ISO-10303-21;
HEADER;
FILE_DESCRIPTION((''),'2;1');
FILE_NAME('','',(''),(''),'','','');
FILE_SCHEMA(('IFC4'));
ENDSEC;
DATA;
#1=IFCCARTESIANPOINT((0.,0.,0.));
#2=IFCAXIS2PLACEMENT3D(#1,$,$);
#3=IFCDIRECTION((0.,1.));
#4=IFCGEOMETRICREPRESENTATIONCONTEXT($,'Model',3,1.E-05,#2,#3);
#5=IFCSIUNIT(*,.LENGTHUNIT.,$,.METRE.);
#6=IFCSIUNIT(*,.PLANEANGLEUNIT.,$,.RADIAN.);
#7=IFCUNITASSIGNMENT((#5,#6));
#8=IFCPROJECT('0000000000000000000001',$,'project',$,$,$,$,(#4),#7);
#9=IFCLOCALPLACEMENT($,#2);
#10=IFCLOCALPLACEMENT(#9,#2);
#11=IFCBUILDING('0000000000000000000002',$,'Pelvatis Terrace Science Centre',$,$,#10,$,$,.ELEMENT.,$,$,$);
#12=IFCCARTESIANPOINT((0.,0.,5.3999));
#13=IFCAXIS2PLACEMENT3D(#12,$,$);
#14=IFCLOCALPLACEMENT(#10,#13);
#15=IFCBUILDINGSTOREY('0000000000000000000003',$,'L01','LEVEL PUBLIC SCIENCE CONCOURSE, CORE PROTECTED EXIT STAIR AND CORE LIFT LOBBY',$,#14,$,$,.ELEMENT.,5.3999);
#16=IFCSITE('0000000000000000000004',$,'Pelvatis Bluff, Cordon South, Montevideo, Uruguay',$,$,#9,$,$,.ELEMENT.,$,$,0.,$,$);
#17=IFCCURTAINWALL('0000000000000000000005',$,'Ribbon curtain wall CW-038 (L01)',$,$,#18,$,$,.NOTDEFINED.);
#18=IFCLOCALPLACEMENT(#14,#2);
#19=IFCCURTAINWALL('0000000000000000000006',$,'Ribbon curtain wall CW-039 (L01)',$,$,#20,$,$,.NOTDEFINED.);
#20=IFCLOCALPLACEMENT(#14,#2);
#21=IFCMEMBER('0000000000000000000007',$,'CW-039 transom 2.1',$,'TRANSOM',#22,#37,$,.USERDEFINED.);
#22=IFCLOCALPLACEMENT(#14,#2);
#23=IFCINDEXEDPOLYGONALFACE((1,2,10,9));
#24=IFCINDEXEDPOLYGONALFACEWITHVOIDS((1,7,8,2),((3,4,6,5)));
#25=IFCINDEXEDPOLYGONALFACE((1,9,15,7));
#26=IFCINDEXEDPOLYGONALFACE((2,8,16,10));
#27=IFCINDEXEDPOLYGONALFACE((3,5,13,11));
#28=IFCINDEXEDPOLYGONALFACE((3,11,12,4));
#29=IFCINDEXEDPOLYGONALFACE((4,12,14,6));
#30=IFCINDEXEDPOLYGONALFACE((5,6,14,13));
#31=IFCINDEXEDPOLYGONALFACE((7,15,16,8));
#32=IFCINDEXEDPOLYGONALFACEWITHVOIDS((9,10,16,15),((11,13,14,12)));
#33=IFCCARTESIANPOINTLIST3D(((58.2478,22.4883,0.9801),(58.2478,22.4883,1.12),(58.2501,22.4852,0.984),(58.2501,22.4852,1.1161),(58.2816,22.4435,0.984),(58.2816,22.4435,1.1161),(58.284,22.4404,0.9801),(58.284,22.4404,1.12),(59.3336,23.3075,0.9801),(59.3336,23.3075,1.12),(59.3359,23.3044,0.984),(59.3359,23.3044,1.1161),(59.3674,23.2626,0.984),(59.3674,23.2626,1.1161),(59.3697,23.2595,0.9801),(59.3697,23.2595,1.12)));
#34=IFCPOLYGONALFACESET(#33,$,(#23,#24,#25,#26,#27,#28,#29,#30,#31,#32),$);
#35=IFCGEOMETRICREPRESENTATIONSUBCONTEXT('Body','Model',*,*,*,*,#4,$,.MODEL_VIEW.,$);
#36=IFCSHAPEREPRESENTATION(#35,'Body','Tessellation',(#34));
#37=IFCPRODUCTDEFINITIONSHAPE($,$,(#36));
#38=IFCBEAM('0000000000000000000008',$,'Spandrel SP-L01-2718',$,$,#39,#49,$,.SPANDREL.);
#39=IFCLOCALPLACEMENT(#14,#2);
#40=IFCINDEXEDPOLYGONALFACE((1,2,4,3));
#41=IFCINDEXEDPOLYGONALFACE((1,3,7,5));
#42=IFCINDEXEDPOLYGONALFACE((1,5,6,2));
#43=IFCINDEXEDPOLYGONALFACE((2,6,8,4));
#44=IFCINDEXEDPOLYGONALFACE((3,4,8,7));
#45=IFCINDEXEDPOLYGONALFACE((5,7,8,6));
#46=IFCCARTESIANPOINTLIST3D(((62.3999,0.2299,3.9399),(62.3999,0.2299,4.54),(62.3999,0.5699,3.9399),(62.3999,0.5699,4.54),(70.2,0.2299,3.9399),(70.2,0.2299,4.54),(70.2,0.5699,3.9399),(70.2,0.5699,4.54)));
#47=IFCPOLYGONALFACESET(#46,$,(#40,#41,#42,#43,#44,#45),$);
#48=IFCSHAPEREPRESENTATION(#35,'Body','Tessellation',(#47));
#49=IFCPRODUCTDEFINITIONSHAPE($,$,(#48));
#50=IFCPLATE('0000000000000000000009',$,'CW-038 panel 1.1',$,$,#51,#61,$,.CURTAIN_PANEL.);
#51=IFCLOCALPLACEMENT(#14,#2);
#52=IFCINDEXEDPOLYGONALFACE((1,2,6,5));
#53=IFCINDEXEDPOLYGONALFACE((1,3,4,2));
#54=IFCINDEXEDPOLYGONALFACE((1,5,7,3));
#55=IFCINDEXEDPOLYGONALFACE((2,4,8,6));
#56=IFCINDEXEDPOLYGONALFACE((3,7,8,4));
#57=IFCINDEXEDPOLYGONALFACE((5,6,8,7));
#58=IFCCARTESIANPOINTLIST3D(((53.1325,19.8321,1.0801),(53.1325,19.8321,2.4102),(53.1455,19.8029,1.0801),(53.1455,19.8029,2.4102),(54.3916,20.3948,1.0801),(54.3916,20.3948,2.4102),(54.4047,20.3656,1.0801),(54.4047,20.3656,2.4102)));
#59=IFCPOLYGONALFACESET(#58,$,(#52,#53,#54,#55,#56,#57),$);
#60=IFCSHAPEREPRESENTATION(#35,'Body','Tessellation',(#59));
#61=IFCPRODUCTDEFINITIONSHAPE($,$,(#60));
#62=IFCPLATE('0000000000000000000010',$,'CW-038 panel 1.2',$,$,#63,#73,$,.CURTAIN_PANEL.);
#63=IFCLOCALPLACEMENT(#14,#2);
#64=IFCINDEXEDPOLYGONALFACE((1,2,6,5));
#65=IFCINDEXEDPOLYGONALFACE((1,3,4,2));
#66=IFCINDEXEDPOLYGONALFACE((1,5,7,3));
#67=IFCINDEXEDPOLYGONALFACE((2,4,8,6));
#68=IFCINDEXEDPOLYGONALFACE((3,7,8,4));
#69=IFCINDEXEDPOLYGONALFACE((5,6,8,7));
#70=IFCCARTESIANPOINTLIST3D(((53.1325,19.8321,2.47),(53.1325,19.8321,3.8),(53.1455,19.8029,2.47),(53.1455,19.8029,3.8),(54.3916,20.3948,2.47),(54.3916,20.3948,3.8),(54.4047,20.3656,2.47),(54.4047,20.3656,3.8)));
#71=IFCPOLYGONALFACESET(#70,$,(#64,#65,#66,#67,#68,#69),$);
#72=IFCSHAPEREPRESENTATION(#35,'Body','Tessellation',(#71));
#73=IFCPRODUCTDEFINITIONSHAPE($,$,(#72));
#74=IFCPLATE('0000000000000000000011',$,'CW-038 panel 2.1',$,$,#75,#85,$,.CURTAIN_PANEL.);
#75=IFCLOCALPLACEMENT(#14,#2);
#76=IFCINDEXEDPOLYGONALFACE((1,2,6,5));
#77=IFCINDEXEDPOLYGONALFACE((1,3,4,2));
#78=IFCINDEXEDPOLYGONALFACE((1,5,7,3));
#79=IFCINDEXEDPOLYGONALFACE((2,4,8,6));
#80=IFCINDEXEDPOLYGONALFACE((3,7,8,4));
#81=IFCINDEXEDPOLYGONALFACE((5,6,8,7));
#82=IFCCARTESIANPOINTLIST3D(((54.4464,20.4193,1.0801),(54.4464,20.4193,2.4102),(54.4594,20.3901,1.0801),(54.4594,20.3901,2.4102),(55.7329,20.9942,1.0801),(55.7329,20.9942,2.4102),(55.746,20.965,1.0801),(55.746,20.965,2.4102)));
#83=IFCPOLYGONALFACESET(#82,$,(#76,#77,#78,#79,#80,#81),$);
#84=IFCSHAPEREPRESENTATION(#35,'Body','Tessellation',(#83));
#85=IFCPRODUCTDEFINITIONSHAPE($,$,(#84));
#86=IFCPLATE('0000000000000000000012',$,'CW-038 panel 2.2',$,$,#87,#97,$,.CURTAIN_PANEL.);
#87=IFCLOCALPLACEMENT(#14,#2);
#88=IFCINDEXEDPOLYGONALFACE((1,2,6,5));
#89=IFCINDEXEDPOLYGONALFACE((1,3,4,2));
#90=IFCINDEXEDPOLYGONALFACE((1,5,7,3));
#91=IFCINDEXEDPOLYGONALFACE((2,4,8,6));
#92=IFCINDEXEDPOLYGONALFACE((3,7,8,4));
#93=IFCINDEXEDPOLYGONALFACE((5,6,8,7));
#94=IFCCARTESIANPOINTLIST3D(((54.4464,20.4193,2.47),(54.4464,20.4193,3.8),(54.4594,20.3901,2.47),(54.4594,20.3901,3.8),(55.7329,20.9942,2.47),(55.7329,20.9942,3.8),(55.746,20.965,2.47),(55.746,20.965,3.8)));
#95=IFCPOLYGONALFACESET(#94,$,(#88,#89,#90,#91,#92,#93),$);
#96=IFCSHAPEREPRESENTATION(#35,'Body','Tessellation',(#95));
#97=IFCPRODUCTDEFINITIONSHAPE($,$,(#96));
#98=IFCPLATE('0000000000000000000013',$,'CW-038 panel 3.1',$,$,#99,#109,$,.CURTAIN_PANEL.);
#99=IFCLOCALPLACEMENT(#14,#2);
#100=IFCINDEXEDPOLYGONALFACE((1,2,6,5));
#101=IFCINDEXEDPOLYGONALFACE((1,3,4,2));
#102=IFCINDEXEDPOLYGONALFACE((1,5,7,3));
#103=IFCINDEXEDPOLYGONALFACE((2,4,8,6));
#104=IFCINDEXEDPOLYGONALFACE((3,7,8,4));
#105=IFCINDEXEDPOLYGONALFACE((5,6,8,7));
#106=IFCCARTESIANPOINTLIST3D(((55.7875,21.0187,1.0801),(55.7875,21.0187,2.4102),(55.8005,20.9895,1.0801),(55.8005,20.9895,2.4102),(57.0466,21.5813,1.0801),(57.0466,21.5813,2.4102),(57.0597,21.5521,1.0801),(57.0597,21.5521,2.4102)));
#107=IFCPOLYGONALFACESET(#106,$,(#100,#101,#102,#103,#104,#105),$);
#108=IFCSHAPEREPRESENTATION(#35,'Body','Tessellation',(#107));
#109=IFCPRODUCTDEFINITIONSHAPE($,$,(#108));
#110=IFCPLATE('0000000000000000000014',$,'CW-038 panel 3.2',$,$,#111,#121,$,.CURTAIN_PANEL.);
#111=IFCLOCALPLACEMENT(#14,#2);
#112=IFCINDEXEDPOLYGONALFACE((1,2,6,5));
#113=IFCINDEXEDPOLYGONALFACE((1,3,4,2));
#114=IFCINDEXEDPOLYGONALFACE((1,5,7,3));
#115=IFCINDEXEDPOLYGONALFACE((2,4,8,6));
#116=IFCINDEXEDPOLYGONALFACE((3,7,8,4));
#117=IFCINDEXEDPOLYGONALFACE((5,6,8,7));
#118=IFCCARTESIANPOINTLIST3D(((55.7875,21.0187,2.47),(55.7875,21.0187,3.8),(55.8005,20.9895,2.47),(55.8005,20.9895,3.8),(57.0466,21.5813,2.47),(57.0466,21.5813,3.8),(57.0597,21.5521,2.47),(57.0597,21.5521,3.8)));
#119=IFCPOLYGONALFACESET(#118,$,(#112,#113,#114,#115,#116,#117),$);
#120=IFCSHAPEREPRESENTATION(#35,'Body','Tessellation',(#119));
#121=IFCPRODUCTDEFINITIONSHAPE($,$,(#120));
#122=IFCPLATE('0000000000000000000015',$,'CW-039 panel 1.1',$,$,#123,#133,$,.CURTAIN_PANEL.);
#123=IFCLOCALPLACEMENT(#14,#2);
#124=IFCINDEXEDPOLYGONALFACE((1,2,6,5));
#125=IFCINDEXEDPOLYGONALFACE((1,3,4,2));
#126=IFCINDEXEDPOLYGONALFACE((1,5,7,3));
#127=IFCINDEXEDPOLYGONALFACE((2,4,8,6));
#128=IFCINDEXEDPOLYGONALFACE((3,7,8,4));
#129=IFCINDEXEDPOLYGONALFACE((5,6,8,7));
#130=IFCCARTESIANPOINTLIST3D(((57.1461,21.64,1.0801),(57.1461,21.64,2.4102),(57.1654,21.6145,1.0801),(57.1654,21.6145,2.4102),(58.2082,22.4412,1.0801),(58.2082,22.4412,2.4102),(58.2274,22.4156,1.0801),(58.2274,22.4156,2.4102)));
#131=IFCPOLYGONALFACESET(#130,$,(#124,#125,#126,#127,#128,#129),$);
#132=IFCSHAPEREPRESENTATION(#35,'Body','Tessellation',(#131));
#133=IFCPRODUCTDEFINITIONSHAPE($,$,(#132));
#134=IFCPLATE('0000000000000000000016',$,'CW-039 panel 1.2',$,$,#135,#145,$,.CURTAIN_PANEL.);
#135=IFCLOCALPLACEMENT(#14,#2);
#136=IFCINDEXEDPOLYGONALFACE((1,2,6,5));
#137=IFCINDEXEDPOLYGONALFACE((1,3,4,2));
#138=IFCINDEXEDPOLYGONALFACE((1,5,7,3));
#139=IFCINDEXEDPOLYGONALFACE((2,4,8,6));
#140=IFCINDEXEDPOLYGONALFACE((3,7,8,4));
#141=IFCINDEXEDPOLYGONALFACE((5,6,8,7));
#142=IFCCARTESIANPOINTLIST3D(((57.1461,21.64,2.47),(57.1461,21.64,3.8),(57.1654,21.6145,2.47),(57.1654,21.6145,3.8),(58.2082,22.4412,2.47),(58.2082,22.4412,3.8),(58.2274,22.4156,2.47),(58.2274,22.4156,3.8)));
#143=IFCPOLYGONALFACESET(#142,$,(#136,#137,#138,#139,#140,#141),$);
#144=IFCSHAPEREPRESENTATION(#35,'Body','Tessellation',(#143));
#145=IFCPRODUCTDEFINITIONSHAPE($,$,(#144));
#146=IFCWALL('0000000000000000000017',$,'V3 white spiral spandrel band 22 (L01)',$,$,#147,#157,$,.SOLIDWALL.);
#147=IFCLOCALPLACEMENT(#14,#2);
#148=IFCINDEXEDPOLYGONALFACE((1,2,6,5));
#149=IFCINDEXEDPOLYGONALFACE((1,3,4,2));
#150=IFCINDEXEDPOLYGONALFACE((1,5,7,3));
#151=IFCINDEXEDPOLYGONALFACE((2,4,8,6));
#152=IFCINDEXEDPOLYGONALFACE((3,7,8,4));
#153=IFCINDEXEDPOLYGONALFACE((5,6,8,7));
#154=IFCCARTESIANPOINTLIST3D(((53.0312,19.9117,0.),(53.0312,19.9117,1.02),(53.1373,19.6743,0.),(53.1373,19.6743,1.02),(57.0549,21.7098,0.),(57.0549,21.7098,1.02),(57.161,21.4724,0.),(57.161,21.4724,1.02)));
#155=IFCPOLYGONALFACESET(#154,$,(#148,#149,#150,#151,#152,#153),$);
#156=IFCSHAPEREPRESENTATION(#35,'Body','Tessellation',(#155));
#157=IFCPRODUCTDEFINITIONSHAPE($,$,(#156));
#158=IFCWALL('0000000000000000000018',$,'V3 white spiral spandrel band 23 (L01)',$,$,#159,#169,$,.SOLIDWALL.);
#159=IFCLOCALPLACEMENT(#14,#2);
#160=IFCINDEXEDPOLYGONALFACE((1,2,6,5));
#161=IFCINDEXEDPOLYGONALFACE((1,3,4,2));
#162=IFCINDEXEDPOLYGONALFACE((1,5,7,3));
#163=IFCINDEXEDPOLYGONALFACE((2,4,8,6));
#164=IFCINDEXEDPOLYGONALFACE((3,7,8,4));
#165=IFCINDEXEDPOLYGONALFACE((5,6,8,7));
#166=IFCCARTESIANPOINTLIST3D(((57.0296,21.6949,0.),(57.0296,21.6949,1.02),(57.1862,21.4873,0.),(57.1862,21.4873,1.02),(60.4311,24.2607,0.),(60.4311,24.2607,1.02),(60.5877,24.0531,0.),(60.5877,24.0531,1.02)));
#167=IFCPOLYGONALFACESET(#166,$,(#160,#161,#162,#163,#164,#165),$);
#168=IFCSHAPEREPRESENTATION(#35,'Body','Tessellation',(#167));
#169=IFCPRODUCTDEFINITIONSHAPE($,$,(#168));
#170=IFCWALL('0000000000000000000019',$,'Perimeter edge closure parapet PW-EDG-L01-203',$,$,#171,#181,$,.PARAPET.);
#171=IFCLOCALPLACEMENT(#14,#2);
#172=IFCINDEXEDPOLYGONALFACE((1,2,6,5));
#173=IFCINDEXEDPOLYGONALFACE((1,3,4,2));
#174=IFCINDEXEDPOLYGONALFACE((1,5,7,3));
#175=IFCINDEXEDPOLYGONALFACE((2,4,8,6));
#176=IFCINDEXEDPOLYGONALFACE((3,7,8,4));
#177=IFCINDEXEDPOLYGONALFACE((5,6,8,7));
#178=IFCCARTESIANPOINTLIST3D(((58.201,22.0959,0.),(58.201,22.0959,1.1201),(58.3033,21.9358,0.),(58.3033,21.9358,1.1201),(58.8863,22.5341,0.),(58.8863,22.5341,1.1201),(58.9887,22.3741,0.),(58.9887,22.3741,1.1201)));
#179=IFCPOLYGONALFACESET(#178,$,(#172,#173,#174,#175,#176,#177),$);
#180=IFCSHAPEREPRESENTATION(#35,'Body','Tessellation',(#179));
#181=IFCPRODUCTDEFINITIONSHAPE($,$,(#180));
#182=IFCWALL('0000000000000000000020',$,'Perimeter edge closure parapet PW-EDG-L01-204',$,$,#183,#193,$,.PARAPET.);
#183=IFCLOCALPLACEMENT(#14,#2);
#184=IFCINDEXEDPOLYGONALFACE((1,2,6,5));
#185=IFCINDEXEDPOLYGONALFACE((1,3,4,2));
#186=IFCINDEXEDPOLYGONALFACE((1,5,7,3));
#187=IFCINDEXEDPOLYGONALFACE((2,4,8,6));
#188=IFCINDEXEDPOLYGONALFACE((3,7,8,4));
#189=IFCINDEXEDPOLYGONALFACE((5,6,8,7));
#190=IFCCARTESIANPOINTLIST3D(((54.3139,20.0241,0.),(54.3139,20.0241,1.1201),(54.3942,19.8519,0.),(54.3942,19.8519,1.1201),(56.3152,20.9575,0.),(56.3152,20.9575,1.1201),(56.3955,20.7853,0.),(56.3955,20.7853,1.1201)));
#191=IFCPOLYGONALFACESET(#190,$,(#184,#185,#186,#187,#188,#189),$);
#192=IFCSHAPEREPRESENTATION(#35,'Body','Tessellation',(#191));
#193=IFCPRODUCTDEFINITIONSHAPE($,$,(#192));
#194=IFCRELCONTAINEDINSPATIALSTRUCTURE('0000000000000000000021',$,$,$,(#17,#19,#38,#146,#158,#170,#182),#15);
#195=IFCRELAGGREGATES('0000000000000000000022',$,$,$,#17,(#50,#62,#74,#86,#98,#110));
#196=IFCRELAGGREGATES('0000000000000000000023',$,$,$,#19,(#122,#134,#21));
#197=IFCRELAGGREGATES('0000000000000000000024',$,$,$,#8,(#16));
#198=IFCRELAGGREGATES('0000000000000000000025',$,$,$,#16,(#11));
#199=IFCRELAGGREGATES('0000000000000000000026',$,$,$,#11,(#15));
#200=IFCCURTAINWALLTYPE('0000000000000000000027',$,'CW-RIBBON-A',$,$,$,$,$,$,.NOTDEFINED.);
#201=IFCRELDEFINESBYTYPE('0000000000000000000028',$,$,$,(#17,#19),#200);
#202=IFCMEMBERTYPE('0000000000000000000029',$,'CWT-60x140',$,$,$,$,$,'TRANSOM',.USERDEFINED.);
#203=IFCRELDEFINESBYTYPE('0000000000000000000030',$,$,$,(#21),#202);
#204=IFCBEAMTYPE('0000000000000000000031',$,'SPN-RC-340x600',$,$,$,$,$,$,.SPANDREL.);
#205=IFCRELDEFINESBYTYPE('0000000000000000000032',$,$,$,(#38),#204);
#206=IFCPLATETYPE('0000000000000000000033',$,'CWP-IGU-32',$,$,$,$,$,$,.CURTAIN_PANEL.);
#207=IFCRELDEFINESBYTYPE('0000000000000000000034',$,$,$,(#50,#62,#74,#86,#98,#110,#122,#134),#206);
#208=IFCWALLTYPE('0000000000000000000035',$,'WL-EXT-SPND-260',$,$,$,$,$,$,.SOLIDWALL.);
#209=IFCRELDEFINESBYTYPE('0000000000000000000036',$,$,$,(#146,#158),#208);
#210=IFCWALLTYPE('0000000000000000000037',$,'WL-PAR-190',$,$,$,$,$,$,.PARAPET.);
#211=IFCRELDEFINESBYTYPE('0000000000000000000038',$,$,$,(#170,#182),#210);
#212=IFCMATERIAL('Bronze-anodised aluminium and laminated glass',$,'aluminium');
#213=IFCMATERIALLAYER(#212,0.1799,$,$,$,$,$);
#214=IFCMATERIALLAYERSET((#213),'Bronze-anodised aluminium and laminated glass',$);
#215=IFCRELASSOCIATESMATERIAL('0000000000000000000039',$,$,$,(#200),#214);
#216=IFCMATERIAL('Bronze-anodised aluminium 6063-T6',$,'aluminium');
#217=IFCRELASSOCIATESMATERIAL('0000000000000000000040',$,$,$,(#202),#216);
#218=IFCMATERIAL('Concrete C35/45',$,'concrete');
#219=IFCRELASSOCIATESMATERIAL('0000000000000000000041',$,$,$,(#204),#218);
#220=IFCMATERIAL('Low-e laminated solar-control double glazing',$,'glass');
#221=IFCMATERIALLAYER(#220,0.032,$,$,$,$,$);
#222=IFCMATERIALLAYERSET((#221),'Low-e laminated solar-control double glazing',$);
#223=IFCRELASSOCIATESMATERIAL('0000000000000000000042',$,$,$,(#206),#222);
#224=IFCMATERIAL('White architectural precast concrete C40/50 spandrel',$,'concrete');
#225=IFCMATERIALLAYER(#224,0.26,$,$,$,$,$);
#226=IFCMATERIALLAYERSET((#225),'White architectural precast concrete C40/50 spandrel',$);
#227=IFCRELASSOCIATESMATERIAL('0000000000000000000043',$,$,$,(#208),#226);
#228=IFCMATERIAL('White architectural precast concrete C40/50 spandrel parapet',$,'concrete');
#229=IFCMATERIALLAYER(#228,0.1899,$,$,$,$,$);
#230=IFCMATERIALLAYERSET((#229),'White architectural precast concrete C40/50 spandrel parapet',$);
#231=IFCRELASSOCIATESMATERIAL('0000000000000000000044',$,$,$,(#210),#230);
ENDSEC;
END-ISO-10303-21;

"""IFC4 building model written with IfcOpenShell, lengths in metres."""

from ifc_helpers import new_model, si_unit, direction, frame, frame_2d, origin, origin_2d, place, context, subcontext, project, spatial, rectangle, hollow_rectangle, extrude, material, layer, layer_set, material_profile, profile_set, type_object, element, aggregate, save


model = new_model("IFC4")

# Units and contexts
model_context = context("Model", 3, precision=1e-05, world=origin(), true_north=direction((0.0, 1.0)))
body_context = subcontext(model_context, "Body", "Model", "MODEL_VIEW")
ifc_project = project(units=[si_unit("LENGTHUNIT", "METRE"), si_unit("PLANEANGLEUNIT", "RADIAN")], contexts=[model_context])

# Site, building, storey
site_placement = place(None, origin())
site = spatial("IfcSite", under=ifc_project, at=site_placement, Name="Pelvatis Bluff, Cordon South, Montevideo, Uruguay", CompositionType="ELEMENT", RefElevation=0.0)
building_placement = place(site_placement, origin())
building = spatial("IfcBuilding", under=site, at=building_placement, Name="Pelvatis Terrace Science Centre", CompositionType="ELEMENT")
storey_placement = place(building_placement, frame((0.0, 0.0, 5.3999)))
storey = spatial("IfcBuildingStorey", under=building, at=storey_placement, Name="L01", Description="LEVEL PUBLIC SCIENCE CONCOURSE, CORE PROTECTED EXIT STAIR AND CORE LIFT LOBBY", CompositionType="ELEMENT", Elevation=5.3999)

# Curtain walls
ifc_material_1 = material(Name="Bronze-anodised aluminium and laminated glass", Category="aluminium")
ifc_layer_1 = layer(ifc_material_1, 0.1799)
ifc_layer_set_1 = layer_set([ifc_layer_1], Name="Bronze-anodised aluminium and laminated glass")
curtain_wall_type = type_object("IfcCurtainWallType", Name="CW-RIBBON-A", PredefinedType="NOTDEFINED", material=ifc_layer_set_1)
curtain_wall_1_placement = place(storey_placement, origin())
curtain_wall_1 = element("IfcCurtainWall", 1, at=curtain_wall_1_placement, inside=storey, type_object=curtain_wall_type, Name="Ribbon curtain wall CW-038 (L01)", PredefinedType="NOTDEFINED")
curtain_wall_2_placement = place(storey_placement, origin())
curtain_wall_2 = element("IfcCurtainWall", 2, at=curtain_wall_2_placement, inside=storey, type_object=curtain_wall_type, Name="Ribbon curtain wall CW-039 (L01)", PredefinedType="NOTDEFINED")

# Member
ifc_material_2 = material(Name="Bronze-anodised aluminium 6063-T6", Category="aluminium")
ifc_material_profile_1 = material_profile(ifc_material_2, hollow_rectangle(XDim=0.0601, YDim=0.1399, WallThickness=0.0039, at=origin_2d()), Name="ALU-TRN 60x140")
ifc_profile_set_1 = profile_set([ifc_material_profile_1], Name="Bronze-anodised aluminium 6063-T6")
member_type_1 = type_object("IfcMemberType", Name="CWT-60x140", ElementType="TRANSOM", PredefinedType="USERDEFINED", material=ifc_profile_set_1)
member_1_placement = place(storey_placement, frame((58.2659, 22.4644, 1.05), z_axis=(0.798295, 0.602267, 0.0), x_axis=(-0.602267, 0.798295, 0.0)))
member_1 = element("IfcMember", 3, at=member_1_placement, type_object=member_type_1, Name="CW-039 transom 2.1", ObjectType="TRANSOM", PredefinedType="USERDEFINED", context=body_context, shape_type="SweptSolid", body=[
    extrude(hollow_rectangle(XDim=0.0601, YDim=0.1399, WallThickness=0.0039, at=origin_2d()), origin(), (0.0, 0.0, 1.0), 1.3601),
])

# Beam
ifc_material_3 = material(Name="Concrete C35/45", Category="concrete")
ifc_material_profile_2 = material_profile(ifc_material_3, rectangle(XDim=0.3401, YDim=0.6001, at=origin_2d()), Name="RC-SPN 340x600")
ifc_profile_set_2 = profile_set([ifc_material_profile_2], Name="Concrete C35/45")
beam_type_1 = type_object("IfcBeamType", Name="SPN-RC-340x600", PredefinedType="SPANDREL", material=ifc_profile_set_2)
beam_1_placement = place(storey_placement, frame((62.3999, 0.3999, 4.24), z_axis=(1.0, 0.0, 0.0), x_axis=(0.0, 1.0, 0.0)))
element("IfcBeam", 4, at=beam_1_placement, inside=storey, type_object=beam_type_1, Name="Spandrel SP-L01-2718", PredefinedType="SPANDREL", context=body_context, shape_type="SweptSolid", body=[
    extrude(rectangle(XDim=0.3401, YDim=0.6001, at=origin_2d()), origin(), (0.0, 0.0, 1.0), 7.8),
])

# Plates
ifc_material_4 = material(Name="Low-e laminated solar-control double glazing", Category="glass")
ifc_layer_2 = layer(ifc_material_4, 0.032)
ifc_layer_set_2 = layer_set([ifc_layer_2], Name="Low-e laminated solar-control double glazing")
plate_type = type_object("IfcPlateType", Name="CWP-IGU-32", PredefinedType="CURTAIN_PANEL", material=ifc_layer_set_2)
plate_1_placement = place(storey_placement, frame((53.7686, 20.0989, 1.0801), z_axis=(0.0, 0.0, 1.0), x_axis=(0.912985, 0.407992, 0.0)))
plate_1 = element("IfcPlate", 5, at=plate_1_placement, type_object=plate_type, Name="CW-038 panel 1.1", PredefinedType="CURTAIN_PANEL", context=body_context, shape_type="SweptSolid", body=[
    extrude(rectangle(XDim=1.3792, YDim=0.032, at=origin_2d()), origin(), (0.0, 0.0, 1.0), 1.3301),
])
plate_2_placement = place(storey_placement, frame((53.7686, 20.0989, 2.47), z_axis=(0.0, 0.0, 1.0), x_axis=(0.912985, 0.407992, 0.0)))
plate_2 = element("IfcPlate", 6, at=plate_2_placement, type_object=plate_type, Name="CW-038 panel 1.2", PredefinedType="CURTAIN_PANEL", context=body_context, shape_type="SweptSolid", body=[
    extrude(rectangle(XDim=1.3792, YDim=0.032, at=origin_2d()), origin(), (0.0, 0.0, 1.0), 1.3301),
])
plate_3_placement = place(storey_placement, frame((55.0962, 20.6921, 1.0801), z_axis=(0.0, 0.0, 1.0), x_axis=(0.912985, 0.407992, 0.0)))
plate_3 = element("IfcPlate", 7, at=plate_3_placement, type_object=plate_type, Name="CW-038 panel 2.1", PredefinedType="CURTAIN_PANEL", context=body_context, shape_type="SweptSolid", body=[
    extrude(rectangle(XDim=1.4092, YDim=0.032, at=origin_2d()), origin(), (0.0, 0.0, 1.0), 1.3301),
])
plate_4_placement = place(storey_placement, frame((55.0962, 20.6921, 2.47), z_axis=(0.0, 0.0, 1.0), x_axis=(0.912985, 0.407992, 0.0)))
plate_4 = element("IfcPlate", 8, at=plate_4_placement, type_object=plate_type, Name="CW-038 panel 2.2", PredefinedType="CURTAIN_PANEL", context=body_context, shape_type="SweptSolid", body=[
    extrude(rectangle(XDim=1.4092, YDim=0.032, at=origin_2d()), origin(), (0.0, 0.0, 1.0), 1.3301),
])
plate_5_placement = place(storey_placement, frame((56.4236, 21.2854, 1.0801), z_axis=(0.0, 0.0, 1.0), x_axis=(0.912985, 0.407992, 0.0)))
plate_5 = element("IfcPlate", 9, at=plate_5_placement, type_object=plate_type, Name="CW-038 panel 3.1", PredefinedType="CURTAIN_PANEL", context=body_context, shape_type="SweptSolid", body=[
    extrude(rectangle(XDim=1.3792, YDim=0.032, at=origin_2d()), origin(), (0.0, 0.0, 1.0), 1.3301),
])
plate_6_placement = place(storey_placement, frame((56.4236, 21.2854, 2.47), z_axis=(0.0, 0.0, 1.0), x_axis=(0.912985, 0.407992, 0.0)))
plate_6 = element("IfcPlate", 10, at=plate_6_placement, type_object=plate_type, Name="CW-038 panel 3.2", PredefinedType="CURTAIN_PANEL", context=body_context, shape_type="SweptSolid", body=[
    extrude(rectangle(XDim=1.3792, YDim=0.032, at=origin_2d()), origin(), (0.0, 0.0, 1.0), 1.3301),
])
aggregate(curtain_wall_1, [plate_1, plate_2, plate_3, plate_4, plate_5, plate_6])
plate_7_placement = place(storey_placement, frame((57.6868, 22.0278, 1.0801), z_axis=(0.0, 0.0, 1.0), x_axis=(0.798335, 0.602213, 0.0)))
plate_7 = element("IfcPlate", 11, at=plate_7_placement, type_object=plate_type, Name="CW-039 panel 1.1", PredefinedType="CURTAIN_PANEL", context=body_context, shape_type="SweptSolid", body=[
    extrude(rectangle(XDim=1.3303, YDim=0.032, at=origin_2d()), origin(), (0.0, 0.0, 1.0), 1.3301),
])
plate_8_placement = place(storey_placement, frame((57.6868, 22.0278, 2.47), z_axis=(0.0, 0.0, 1.0), x_axis=(0.798335, 0.602213, 0.0)))
plate_8 = element("IfcPlate", 12, at=plate_8_placement, type_object=plate_type, Name="CW-039 panel 1.2", PredefinedType="CURTAIN_PANEL", context=body_context, shape_type="SweptSolid", body=[
    extrude(rectangle(XDim=1.3303, YDim=0.032, at=origin_2d()), origin(), (0.0, 0.0, 1.0), 1.3301),
])
aggregate(curtain_wall_2, [plate_7, plate_8, member_1])

# Walls
ifc_material_5 = material(Name="White architectural precast concrete C40/50 spandrel", Category="concrete")
ifc_layer_3 = layer(ifc_material_5, 0.26)
ifc_layer_set_3 = layer_set([ifc_layer_3], Name="White architectural precast concrete C40/50 spandrel")
wall_type_1 = type_object("IfcWallType", Name="WL-EXT-SPND-260", PredefinedType="SOLIDWALL", material=ifc_layer_set_3)
wall_1_placement = place(storey_placement, frame((53.0842, 19.793, 0.0), z_axis=(0.0, 0.0, 1.0), x_axis=(0.912985, 0.407993, 0.0)))
element("IfcWall", 13, at=wall_1_placement, inside=storey, type_object=wall_type_1, Name="V3 white spiral spandrel band 22 (L01)", PredefinedType="SOLIDWALL", context=body_context, shape_type="SweptSolid", body=[
    extrude(rectangle(XDim=4.4072, YDim=0.26, at=frame_2d((2.2036, 0.0))), origin(), (0.0, 0.0, 1.0), 1.02),
])
wall_2_placement = place(storey_placement, frame((57.1079, 21.5911, 0.0), z_axis=(0.0, 0.0, 1.0), x_axis=(0.79834, 0.602207, 0.0)))
element("IfcWall", 14, at=wall_2_placement, inside=storey, type_object=wall_type_1, Name="V3 white spiral spandrel band 23 (L01)", PredefinedType="SOLIDWALL", context=body_context, shape_type="SweptSolid", body=[
    extrude(rectangle(XDim=4.2607, YDim=0.26, at=frame_2d((2.1304, 0.0))), origin(), (0.0, 0.0, 1.0), 1.02),
])
ifc_material_6 = material(Name="White architectural precast concrete C40/50 spandrel parapet", Category="concrete")
ifc_layer_4 = layer(ifc_material_6, 0.1899)
ifc_layer_set_4 = layer_set([ifc_layer_4], Name="White architectural precast concrete C40/50 spandrel parapet")
wall_type_2 = type_object("IfcWallType", Name="WL-PAR-190", PredefinedType="PARAPET", material=ifc_layer_set_4)
wall_3_placement = place(storey_placement, frame((58.9375, 22.4541, 0.0), z_axis=(0.0, 0.0, 1.0), x_axis=(-0.842473, -0.538739, 0.0)))
element("IfcWall", 15, at=wall_3_placement, inside=storey, type_object=wall_type_2, Name="Perimeter edge closure parapet PW-EDG-L01-203", PredefinedType="PARAPET", context=body_context, shape_type="SweptSolid", body=[
    extrude(rectangle(XDim=0.8135, YDim=0.1899, at=frame_2d((0.4067, 0.0))), origin(), (0.0, 0.0, 1.0), 1.1201),
])
wall_4_placement = place(storey_placement, frame((56.3552, 20.8713, 0.0), z_axis=(0.0, 0.0, 1.0), x_axis=(-0.906279, -0.42268, 0.0)))
element("IfcWall", 16, at=wall_4_placement, inside=storey, type_object=wall_type_2, Name="Perimeter edge closure parapet PW-EDG-L01-204", PredefinedType="PARAPET", context=body_context, shape_type="SweptSolid", body=[
    extrude(rectangle(XDim=2.2083, YDim=0.1899, at=frame_2d((1.104, 0.0))), origin(), (0.0, 0.0, 1.0), 1.1201),
])

save(model, "model.ifc")
